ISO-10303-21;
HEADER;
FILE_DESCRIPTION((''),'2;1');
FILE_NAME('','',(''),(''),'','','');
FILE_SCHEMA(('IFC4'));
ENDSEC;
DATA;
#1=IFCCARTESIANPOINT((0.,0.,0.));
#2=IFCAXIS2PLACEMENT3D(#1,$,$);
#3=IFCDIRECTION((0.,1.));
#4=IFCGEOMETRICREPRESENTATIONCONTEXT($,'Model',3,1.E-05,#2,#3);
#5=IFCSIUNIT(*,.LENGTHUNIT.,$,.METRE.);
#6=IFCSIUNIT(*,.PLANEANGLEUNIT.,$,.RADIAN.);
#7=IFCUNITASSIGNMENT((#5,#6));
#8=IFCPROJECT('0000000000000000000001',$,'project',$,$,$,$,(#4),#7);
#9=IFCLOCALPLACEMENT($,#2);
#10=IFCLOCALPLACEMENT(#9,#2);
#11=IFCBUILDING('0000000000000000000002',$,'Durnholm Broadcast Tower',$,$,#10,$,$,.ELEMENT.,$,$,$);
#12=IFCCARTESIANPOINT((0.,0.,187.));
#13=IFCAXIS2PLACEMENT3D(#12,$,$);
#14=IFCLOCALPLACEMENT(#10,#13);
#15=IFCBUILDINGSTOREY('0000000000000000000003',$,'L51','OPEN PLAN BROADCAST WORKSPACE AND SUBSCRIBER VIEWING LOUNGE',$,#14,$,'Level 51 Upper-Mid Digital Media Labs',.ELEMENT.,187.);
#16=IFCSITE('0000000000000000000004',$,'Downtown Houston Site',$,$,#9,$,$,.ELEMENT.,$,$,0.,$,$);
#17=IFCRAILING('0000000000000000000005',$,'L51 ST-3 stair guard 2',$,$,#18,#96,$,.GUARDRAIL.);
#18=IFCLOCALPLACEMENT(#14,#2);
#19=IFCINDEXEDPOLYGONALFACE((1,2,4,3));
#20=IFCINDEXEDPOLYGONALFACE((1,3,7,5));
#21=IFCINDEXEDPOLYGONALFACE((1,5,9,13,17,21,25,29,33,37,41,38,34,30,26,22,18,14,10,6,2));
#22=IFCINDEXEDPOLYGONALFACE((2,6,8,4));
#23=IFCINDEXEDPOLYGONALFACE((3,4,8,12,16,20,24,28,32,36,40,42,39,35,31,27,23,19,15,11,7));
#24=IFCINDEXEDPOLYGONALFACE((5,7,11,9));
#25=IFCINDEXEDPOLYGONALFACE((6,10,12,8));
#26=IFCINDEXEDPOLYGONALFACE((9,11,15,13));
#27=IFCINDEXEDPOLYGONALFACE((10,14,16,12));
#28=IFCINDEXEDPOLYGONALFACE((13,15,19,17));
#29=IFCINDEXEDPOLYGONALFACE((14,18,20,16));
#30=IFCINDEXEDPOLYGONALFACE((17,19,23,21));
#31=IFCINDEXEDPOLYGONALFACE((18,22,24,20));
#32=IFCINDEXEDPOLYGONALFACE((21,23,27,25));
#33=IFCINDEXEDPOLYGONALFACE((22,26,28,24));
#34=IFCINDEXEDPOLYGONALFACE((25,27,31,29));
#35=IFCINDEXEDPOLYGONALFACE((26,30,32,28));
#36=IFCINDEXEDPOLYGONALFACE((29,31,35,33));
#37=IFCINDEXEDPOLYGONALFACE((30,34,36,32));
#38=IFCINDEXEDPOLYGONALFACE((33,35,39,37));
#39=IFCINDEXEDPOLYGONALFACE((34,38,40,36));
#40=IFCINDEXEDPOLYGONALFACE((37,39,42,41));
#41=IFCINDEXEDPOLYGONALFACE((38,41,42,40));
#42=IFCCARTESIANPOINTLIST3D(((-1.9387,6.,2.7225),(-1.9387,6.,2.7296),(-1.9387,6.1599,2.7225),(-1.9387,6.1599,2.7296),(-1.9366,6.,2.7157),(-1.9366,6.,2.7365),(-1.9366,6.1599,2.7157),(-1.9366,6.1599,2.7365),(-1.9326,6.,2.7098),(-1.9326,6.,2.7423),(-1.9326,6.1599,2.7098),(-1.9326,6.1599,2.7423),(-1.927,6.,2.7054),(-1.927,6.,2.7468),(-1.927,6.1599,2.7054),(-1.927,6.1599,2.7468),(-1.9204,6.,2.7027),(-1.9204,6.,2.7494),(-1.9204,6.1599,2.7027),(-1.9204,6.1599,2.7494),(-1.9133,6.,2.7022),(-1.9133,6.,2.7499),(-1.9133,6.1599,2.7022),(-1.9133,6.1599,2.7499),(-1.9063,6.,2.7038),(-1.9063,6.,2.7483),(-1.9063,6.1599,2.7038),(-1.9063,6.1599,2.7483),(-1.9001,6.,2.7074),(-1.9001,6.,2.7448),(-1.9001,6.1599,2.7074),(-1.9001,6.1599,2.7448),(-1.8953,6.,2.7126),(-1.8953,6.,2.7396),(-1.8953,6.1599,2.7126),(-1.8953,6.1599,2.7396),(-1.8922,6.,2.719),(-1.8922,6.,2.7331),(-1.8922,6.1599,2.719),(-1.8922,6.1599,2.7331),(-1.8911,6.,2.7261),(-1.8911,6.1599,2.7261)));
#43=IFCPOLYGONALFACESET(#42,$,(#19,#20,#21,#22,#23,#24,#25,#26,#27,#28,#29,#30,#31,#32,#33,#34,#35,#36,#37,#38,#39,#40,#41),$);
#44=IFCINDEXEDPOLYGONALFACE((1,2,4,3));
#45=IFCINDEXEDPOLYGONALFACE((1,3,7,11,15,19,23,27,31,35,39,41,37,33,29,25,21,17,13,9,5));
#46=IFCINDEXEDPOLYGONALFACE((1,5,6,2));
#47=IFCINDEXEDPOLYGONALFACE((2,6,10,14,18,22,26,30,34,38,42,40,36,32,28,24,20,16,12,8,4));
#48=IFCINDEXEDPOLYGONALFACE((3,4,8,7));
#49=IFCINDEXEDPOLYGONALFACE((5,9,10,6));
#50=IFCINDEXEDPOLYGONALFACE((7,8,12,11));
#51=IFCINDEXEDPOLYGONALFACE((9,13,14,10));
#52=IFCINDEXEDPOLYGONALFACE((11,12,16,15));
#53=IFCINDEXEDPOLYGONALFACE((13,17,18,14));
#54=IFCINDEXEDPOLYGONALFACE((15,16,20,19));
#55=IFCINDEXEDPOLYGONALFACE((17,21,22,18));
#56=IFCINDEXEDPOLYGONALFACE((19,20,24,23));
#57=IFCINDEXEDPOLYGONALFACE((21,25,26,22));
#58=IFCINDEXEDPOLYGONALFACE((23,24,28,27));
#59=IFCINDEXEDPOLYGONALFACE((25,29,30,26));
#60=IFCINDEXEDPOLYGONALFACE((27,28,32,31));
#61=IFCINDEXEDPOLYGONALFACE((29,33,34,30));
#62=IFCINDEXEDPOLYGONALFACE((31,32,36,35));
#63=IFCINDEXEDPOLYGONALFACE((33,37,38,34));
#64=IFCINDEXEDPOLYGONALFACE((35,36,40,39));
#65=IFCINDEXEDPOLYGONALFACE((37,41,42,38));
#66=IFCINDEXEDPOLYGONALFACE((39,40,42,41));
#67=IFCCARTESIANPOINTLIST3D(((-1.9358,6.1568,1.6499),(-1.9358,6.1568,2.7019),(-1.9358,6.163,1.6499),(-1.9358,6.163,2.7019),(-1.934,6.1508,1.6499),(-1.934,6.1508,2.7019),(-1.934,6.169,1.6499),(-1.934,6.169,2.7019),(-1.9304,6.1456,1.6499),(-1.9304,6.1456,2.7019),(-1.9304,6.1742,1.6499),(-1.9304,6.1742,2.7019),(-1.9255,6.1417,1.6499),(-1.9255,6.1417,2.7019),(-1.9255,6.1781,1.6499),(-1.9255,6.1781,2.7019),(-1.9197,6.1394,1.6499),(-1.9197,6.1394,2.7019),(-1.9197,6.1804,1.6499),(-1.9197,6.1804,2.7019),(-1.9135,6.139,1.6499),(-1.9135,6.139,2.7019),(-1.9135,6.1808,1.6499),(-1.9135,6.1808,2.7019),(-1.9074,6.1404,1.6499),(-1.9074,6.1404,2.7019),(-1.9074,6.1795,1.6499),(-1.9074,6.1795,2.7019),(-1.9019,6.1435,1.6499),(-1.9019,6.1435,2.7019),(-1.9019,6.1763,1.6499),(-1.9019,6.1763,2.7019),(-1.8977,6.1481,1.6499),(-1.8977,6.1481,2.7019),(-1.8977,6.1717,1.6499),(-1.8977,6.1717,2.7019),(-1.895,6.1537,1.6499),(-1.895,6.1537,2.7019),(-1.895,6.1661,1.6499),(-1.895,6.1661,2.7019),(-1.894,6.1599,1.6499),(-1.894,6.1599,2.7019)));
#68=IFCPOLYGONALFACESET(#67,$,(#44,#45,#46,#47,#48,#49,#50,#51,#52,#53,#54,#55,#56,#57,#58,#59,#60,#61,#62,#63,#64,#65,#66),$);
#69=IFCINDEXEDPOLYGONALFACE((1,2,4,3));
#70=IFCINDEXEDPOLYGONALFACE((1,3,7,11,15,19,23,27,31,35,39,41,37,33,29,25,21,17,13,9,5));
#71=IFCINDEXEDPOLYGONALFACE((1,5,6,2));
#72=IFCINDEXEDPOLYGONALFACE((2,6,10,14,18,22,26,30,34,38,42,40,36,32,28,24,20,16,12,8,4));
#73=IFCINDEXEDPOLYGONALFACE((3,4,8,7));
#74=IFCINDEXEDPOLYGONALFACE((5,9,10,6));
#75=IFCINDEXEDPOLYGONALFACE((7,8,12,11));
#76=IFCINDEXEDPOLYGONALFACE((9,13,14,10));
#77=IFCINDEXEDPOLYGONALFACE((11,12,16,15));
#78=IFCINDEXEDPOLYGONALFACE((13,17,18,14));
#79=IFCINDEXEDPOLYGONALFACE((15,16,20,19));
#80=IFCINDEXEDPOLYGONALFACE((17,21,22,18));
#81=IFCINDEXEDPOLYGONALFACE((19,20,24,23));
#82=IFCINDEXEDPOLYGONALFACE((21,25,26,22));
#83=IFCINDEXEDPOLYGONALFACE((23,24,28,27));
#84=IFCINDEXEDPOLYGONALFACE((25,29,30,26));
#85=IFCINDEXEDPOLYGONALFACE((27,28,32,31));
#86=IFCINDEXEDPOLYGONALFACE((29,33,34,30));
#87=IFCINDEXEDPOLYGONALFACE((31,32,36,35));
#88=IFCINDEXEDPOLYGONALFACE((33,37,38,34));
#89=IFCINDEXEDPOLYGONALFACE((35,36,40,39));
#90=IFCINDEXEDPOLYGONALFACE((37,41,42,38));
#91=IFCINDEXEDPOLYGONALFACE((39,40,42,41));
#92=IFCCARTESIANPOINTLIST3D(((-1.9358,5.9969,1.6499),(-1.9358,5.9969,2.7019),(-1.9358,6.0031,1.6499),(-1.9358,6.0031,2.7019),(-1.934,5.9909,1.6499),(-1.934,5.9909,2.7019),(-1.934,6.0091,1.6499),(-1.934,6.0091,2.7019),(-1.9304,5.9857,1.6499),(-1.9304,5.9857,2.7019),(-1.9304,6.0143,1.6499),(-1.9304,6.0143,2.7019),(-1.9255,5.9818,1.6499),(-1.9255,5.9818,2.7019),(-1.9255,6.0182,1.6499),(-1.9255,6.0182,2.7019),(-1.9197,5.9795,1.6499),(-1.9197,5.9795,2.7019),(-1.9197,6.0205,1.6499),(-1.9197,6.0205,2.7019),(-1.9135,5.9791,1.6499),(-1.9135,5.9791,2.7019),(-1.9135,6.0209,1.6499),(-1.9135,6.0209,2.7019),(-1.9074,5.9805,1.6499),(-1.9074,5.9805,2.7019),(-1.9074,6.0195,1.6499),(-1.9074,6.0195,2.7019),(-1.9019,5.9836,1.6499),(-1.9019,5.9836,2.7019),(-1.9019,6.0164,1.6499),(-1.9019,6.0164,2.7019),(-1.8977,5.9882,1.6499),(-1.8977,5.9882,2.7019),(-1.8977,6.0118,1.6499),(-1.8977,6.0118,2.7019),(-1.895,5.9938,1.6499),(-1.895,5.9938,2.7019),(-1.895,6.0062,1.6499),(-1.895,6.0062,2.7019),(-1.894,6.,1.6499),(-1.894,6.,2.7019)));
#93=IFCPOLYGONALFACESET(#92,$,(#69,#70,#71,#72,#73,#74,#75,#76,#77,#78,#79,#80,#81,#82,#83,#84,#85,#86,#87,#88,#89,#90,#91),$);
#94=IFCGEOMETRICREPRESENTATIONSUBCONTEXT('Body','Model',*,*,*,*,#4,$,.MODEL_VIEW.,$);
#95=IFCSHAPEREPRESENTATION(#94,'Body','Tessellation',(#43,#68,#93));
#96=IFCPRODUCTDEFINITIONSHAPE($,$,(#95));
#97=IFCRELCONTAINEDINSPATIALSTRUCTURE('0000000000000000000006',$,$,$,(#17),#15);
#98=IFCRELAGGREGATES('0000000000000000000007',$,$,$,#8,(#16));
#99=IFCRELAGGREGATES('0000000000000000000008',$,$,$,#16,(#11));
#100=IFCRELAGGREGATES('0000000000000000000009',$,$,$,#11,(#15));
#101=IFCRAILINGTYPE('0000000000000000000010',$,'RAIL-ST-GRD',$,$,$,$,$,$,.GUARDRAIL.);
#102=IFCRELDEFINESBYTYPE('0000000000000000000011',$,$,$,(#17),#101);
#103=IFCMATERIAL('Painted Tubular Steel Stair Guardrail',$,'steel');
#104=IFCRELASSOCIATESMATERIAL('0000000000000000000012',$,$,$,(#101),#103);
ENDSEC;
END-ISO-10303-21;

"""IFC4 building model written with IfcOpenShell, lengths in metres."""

from ifc_helpers import new_model, si_unit, direction, frame, origin, origin_2d, place, context, subcontext, project, spatial, circle, extrude, material, type_object, element, save


model = new_model("IFC4")

# Units and contexts
model_context = context("Model", 3, precision=1e-05, world=origin(), true_north=direction((0.0, 1.0)))
body_context = subcontext(model_context, "Body", "Model", "MODEL_VIEW")
ifc_project = project(units=[si_unit("LENGTHUNIT", "METRE"), si_unit("PLANEANGLEUNIT", "RADIAN")], contexts=[model_context])

# Site, building, storey
site_placement = place(None, origin())
site = spatial("IfcSite", under=ifc_project, at=site_placement, Name="Downtown Houston Site", CompositionType="ELEMENT", RefElevation=0.0)
building_placement = place(site_placement, origin())
building = spatial("IfcBuilding", under=site, at=building_placement, Name="Durnholm Broadcast Tower", CompositionType="ELEMENT")
storey_placement = place(building_placement, frame((0.0, 0.0, 187.0)))
storey = spatial("IfcBuildingStorey", under=building, at=storey_placement, Name="L51", Description="OPEN PLAN BROADCAST WORKSPACE AND SUBSCRIBER VIEWING LOUNGE", LongName="Level 51 Upper-Mid Digital Media Labs", CompositionType="ELEMENT", Elevation=187.0)

# Railing
ifc_material_1 = material(Name="Painted Tubular Steel Stair Guardrail", Category="steel")
railing_type_1 = type_object("IfcRailingType", Name="RAIL-ST-GRD", PredefinedType="GUARDRAIL", material=ifc_material_1)
railing_1_placement = place(storey_placement, frame((-1.915, 6.1599, 1.6499)))
element("IfcRailing", 1, at=railing_1_placement, inside=storey, type_object=railing_type_1, Name="L51 ST-3 stair guard 2", PredefinedType="GUARDRAIL", context=body_context, shape_type="SweptSolid", body=[
    extrude(circle(Radius=0.0239, at=origin_2d()), frame((0.0, 0.0, 1.0762), z_axis=(0.0, -1.0, 0.0), x_axis=(1.0, 0.0, 0.0)), (0.0, 0.0, 1.0), 0.1599),
    extrude(circle(Radius=0.021, at=origin_2d()), origin(), (0.0, 0.0, 1.0), 1.052),
    extrude(circle(Radius=0.021, at=origin_2d()), frame((0.0, -0.1599, 0.0)), (0.0, 0.0, 1.0), 1.052),
])

save(model, "model.ifc")
